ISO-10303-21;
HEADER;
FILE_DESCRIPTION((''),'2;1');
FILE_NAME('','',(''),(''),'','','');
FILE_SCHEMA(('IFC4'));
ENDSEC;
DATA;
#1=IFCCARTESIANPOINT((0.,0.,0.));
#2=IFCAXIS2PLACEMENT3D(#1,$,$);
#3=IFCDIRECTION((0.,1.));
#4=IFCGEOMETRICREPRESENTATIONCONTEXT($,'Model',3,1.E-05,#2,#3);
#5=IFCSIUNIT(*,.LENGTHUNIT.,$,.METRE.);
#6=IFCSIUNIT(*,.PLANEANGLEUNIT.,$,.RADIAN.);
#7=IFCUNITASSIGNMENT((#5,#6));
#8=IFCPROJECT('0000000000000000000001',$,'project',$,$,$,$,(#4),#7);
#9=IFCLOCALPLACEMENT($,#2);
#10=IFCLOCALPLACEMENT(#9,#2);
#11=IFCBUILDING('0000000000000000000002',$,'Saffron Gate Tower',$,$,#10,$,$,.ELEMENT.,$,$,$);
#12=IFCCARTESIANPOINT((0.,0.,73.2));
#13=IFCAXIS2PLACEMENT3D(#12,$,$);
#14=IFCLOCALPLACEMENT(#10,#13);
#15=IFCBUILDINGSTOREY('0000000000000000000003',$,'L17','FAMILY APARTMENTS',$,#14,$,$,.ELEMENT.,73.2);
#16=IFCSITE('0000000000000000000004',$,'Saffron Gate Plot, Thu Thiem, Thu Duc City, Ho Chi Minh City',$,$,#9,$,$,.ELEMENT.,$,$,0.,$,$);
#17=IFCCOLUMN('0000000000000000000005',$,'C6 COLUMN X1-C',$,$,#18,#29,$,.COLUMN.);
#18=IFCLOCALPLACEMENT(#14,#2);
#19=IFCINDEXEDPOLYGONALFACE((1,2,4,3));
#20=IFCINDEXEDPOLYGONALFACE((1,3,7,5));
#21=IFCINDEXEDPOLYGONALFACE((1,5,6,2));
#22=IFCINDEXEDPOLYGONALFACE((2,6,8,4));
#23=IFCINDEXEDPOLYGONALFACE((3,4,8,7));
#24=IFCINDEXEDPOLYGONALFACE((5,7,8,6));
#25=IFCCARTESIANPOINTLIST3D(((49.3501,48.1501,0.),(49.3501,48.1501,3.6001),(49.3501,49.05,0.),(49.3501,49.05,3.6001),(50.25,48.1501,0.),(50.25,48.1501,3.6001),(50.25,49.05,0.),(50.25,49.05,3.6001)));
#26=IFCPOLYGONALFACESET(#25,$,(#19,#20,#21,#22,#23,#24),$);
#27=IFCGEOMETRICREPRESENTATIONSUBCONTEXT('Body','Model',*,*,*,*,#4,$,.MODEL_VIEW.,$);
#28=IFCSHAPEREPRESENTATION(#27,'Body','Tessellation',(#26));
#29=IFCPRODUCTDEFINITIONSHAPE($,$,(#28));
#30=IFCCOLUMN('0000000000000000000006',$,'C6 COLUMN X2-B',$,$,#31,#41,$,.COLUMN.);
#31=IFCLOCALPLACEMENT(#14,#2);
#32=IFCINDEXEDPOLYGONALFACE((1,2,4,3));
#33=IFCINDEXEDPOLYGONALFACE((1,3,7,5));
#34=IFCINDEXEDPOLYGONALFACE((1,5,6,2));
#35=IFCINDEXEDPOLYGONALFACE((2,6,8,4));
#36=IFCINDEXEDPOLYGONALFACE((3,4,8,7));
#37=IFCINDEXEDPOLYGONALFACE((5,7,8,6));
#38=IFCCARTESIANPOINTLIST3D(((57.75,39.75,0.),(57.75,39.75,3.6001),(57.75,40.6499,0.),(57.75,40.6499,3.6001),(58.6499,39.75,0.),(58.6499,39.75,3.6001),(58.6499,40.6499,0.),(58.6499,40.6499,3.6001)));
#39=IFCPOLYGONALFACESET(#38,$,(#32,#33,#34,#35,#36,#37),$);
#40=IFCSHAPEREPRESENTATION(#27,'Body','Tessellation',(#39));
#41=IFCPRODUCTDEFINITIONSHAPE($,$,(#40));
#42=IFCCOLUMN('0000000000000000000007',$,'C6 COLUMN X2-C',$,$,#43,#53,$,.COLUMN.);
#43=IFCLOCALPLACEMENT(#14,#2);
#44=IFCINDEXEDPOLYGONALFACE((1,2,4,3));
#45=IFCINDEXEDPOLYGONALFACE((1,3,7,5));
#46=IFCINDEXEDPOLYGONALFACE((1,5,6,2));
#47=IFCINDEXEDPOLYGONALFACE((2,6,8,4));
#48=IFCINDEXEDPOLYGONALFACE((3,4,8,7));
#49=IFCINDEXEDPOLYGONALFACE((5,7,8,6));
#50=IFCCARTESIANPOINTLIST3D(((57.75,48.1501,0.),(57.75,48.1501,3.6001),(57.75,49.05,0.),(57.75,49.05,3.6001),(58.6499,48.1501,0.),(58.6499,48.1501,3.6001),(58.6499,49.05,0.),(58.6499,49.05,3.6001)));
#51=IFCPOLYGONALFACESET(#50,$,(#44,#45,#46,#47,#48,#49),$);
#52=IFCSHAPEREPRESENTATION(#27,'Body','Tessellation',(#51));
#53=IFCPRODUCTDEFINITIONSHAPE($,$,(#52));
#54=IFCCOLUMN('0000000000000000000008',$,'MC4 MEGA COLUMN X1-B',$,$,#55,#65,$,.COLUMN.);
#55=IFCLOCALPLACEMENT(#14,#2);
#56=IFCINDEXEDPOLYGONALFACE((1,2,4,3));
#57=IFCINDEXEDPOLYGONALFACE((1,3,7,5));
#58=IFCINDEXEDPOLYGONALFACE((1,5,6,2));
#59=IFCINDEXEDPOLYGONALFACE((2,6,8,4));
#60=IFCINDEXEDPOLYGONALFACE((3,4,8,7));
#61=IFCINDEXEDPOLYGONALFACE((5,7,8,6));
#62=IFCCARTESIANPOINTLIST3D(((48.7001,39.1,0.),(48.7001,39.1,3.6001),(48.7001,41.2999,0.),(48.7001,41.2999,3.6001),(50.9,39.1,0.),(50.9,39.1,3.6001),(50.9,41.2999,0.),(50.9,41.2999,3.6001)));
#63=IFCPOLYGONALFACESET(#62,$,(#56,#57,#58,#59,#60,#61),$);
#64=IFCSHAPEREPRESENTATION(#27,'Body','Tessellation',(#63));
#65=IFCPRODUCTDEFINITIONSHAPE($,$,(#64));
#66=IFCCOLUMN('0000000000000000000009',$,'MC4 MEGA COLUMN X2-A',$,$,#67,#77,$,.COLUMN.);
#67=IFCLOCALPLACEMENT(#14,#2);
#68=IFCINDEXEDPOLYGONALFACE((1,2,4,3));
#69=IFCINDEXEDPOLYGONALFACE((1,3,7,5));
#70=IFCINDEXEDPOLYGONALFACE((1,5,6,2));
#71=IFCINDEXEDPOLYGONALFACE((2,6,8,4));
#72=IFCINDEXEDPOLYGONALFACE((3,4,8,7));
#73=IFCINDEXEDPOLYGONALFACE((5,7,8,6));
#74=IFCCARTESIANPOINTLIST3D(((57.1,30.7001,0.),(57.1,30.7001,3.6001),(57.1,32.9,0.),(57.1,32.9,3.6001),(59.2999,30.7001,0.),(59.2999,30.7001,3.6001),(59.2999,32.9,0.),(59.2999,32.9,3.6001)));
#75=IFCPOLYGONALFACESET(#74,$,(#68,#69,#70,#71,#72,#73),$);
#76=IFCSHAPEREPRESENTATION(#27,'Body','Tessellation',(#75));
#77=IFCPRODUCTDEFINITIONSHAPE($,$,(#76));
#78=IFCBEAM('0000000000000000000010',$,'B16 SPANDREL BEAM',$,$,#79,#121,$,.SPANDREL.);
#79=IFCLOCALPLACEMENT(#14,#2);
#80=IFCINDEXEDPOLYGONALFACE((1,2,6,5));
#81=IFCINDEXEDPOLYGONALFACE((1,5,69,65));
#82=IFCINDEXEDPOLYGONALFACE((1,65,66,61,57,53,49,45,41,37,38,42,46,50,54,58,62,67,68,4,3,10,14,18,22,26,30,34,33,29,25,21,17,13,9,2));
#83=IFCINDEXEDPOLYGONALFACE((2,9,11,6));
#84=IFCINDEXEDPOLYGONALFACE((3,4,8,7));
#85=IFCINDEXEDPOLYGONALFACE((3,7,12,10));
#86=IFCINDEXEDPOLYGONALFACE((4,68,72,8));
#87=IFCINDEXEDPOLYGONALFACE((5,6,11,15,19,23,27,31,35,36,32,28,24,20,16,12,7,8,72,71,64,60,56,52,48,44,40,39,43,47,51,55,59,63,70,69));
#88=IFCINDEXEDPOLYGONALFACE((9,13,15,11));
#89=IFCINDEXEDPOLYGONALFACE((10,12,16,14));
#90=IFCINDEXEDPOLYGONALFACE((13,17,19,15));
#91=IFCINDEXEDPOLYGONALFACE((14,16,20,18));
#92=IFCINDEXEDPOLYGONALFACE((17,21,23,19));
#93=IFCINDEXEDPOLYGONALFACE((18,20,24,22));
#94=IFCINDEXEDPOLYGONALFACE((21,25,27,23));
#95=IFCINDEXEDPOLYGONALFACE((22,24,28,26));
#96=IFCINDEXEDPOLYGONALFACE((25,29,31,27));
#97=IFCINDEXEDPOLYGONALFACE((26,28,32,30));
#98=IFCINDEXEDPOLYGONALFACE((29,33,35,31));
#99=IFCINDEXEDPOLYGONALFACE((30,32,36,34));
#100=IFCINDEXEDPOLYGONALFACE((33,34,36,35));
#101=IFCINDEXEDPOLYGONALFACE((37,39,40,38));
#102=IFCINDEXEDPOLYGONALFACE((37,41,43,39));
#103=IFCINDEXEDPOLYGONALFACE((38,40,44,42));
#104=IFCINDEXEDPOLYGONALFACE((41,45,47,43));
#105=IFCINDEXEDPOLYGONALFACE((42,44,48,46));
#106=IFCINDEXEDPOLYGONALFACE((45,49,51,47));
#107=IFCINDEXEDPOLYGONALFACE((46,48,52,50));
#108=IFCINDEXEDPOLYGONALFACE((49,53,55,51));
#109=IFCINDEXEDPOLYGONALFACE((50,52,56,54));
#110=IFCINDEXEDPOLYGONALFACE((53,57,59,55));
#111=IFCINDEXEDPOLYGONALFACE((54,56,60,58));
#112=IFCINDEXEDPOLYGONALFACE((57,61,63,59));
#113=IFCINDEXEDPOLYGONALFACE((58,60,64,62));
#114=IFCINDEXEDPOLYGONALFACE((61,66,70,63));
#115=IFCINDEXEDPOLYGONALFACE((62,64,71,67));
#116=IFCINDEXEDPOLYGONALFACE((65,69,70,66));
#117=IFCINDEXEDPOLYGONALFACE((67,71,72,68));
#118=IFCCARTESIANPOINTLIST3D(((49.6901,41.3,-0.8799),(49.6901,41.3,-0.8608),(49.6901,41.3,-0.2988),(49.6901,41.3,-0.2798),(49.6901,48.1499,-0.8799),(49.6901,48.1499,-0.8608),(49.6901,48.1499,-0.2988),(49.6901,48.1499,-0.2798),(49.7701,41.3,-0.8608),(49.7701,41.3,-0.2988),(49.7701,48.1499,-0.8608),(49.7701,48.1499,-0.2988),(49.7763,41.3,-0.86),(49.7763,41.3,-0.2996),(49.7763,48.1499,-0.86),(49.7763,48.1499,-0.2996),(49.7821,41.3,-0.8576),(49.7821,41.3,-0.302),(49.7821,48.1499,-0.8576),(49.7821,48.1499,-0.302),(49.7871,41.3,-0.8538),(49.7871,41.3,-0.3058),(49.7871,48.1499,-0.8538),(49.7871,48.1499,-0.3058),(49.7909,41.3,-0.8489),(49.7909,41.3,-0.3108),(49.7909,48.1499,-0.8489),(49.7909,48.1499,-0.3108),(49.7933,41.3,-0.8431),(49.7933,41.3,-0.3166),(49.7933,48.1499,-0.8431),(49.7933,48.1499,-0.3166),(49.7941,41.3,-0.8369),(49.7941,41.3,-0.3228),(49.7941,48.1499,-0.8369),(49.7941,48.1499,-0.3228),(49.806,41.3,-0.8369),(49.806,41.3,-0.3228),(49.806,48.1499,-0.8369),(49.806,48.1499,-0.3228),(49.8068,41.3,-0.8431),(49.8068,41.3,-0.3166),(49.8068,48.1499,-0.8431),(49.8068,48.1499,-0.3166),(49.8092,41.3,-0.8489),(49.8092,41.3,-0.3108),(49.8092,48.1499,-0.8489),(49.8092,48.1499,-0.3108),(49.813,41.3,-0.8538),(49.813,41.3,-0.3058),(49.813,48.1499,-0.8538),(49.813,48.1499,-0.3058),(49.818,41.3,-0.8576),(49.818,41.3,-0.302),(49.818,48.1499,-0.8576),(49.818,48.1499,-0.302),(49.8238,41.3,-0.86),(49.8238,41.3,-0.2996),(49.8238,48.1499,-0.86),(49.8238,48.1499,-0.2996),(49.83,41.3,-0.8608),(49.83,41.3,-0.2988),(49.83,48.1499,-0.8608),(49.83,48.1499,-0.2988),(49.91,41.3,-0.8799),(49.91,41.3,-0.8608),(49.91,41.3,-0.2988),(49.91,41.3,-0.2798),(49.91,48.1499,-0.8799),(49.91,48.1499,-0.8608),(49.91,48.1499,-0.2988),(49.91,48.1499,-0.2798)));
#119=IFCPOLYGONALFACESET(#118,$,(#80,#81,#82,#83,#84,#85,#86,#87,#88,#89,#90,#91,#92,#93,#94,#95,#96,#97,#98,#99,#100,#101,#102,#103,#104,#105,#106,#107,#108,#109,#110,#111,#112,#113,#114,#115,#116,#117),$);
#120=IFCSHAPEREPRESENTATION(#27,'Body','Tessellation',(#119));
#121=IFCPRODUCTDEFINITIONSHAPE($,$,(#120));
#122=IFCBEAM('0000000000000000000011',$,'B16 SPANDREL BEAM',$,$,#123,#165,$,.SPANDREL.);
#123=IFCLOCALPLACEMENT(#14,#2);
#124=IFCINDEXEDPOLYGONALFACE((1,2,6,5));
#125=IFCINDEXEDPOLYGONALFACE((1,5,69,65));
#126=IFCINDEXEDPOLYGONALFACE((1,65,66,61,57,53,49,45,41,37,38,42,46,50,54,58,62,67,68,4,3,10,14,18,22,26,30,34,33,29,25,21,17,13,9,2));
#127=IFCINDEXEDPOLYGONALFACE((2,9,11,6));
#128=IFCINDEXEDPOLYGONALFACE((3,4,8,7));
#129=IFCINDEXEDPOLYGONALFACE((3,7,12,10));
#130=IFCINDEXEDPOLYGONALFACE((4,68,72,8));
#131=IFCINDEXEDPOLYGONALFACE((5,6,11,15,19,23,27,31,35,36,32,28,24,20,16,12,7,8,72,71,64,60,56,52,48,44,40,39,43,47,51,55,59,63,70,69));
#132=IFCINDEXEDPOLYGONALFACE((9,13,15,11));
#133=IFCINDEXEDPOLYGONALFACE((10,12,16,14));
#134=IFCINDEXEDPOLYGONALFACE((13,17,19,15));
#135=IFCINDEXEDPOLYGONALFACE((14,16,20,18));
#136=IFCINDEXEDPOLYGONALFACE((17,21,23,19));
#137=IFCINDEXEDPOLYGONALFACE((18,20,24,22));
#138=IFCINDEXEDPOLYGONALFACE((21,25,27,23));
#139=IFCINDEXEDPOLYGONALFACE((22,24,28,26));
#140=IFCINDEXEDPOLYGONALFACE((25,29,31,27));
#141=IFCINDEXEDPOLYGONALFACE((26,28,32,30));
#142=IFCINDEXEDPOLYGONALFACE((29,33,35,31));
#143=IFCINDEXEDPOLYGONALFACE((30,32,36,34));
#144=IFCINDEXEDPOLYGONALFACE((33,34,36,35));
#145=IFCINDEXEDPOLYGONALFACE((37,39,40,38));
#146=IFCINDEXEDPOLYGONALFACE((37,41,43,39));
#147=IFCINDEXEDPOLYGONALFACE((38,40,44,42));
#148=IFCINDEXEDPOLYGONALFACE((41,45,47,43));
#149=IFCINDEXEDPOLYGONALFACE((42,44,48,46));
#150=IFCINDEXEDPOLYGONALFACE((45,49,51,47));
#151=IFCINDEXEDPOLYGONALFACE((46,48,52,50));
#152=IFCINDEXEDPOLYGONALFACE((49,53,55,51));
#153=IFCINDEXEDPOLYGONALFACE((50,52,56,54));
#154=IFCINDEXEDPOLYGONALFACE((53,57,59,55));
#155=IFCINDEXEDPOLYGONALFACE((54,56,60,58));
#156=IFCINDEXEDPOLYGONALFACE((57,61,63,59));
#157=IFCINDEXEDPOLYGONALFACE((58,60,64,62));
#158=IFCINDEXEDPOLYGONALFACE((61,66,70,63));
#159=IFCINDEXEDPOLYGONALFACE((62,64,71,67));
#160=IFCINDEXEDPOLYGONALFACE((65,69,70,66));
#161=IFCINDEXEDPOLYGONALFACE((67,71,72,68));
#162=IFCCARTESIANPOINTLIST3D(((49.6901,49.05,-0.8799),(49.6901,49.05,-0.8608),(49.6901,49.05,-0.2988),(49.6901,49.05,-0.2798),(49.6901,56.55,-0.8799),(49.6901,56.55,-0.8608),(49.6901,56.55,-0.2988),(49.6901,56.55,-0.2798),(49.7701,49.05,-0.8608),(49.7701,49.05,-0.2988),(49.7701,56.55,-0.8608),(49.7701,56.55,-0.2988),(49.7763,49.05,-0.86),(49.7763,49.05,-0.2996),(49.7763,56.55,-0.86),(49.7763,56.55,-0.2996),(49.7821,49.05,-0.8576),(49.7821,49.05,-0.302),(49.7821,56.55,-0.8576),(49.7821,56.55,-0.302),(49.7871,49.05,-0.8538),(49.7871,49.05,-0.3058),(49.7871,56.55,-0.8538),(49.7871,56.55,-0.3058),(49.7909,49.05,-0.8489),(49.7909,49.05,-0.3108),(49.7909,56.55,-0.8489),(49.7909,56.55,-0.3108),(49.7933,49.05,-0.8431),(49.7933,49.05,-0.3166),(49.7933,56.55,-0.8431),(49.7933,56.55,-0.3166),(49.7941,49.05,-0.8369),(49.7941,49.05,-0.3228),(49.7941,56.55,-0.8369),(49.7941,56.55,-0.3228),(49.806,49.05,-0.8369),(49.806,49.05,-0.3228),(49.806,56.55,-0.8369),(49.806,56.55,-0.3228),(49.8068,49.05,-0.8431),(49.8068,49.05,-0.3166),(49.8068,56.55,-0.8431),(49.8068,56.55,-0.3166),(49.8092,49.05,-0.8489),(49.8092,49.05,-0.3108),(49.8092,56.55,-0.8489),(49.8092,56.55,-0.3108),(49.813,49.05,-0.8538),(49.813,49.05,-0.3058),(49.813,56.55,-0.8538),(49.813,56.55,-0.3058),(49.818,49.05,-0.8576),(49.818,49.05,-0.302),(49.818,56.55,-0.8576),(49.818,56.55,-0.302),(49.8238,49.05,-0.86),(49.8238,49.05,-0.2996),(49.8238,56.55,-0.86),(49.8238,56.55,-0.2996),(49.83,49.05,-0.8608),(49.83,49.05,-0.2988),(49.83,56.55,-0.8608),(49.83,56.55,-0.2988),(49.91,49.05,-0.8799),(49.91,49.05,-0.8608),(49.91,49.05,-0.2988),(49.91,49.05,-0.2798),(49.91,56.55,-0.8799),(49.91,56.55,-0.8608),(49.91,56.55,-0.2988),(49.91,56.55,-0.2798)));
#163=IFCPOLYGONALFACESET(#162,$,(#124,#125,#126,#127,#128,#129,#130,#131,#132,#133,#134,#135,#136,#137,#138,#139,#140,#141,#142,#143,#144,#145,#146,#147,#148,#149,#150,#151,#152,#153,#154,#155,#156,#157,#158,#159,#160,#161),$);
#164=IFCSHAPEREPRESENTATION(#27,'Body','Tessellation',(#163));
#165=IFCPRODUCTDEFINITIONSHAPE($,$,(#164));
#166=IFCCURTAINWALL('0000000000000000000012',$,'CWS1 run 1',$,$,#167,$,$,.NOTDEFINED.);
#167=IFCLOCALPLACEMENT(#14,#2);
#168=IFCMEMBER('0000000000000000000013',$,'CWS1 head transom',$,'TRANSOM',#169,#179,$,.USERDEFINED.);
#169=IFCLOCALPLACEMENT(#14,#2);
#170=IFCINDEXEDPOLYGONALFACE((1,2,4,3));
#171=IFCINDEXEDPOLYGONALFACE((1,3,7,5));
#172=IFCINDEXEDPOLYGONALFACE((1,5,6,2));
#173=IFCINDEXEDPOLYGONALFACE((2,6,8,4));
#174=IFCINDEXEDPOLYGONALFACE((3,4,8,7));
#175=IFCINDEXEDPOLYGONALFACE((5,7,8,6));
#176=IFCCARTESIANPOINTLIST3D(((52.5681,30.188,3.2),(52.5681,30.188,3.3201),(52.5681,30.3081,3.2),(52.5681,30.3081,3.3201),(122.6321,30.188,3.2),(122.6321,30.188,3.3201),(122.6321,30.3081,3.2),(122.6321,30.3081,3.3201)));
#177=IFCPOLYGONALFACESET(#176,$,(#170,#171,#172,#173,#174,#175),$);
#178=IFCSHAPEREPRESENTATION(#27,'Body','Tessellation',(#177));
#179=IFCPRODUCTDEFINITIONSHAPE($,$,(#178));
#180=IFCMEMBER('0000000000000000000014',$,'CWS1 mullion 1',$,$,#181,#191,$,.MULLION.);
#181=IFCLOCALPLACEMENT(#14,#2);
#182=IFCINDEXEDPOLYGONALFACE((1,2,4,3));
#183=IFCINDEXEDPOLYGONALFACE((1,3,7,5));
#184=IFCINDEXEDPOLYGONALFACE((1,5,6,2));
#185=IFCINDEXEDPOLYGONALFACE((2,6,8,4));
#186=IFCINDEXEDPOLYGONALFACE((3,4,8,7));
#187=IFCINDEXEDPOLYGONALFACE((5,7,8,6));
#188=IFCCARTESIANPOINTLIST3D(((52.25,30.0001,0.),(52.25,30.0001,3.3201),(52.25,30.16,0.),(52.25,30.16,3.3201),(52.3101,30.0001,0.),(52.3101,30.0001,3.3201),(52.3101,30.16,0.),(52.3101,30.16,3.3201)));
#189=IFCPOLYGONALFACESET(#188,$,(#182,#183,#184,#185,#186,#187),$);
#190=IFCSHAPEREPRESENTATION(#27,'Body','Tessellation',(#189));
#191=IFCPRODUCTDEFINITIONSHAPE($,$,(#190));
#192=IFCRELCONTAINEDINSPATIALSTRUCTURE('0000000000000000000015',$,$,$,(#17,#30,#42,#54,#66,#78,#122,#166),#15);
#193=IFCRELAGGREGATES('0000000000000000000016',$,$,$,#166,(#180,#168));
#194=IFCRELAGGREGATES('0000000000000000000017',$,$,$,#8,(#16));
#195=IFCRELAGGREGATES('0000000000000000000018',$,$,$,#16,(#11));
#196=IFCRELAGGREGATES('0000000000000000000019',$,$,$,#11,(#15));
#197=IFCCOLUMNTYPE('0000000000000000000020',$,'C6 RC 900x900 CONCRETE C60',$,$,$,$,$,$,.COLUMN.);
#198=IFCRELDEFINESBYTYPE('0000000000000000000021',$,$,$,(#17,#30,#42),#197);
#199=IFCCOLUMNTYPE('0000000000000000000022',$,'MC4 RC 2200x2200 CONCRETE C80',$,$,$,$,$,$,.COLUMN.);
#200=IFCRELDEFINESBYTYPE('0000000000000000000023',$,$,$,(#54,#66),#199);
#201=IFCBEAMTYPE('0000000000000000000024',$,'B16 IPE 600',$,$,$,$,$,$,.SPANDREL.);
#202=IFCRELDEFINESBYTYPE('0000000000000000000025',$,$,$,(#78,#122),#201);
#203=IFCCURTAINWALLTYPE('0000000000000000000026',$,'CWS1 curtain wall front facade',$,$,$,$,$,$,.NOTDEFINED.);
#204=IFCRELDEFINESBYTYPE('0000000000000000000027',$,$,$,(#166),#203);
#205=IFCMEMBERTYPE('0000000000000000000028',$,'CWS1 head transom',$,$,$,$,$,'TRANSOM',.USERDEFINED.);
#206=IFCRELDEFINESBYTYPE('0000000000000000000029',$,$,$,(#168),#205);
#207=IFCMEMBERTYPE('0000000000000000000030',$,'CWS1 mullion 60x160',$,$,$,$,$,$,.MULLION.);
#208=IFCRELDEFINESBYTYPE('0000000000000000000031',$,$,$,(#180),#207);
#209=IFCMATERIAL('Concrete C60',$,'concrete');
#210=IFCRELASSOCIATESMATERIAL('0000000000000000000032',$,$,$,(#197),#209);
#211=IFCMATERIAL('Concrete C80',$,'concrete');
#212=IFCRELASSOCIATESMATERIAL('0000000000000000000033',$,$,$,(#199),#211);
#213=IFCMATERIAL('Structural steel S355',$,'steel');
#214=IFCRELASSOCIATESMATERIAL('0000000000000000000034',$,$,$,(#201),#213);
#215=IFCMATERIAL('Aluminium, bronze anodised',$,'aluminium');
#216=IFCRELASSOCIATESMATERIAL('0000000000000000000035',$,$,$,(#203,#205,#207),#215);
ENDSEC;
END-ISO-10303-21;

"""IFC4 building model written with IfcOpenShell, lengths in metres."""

from ifc_helpers import new_model, si_unit, direction, frame, origin, origin_2d, place, context, subcontext, project, spatial, rectangle, i_section, extrude, material, material_profile, profile_set, type_object, element, aggregate, save


model = new_model("IFC4")

# Units and contexts
model_context = context("Model", 3, precision=1e-05, world=origin(), true_north=direction((0.0, 1.0)))
body_context = subcontext(model_context, "Body", "Model", "MODEL_VIEW")
ifc_project = project(units=[si_unit("LENGTHUNIT", "METRE"), si_unit("PLANEANGLEUNIT", "RADIAN")], contexts=[model_context])

# Site, building, storey
site_placement = place(None, origin())
site = spatial("IfcSite", under=ifc_project, at=site_placement, Name="Saffron Gate Plot, Thu Thiem, Thu Duc City, Ho Chi Minh City", CompositionType="ELEMENT", RefElevation=0.0)
building_placement = place(site_placement, origin())
building = spatial("IfcBuilding", under=site, at=building_placement, Name="Saffron Gate Tower", CompositionType="ELEMENT")
storey_placement = place(building_placement, frame((0.0, 0.0, 73.2)))
storey = spatial("IfcBuildingStorey", under=building, at=storey_placement, Name="L17", Description="FAMILY APARTMENTS", CompositionType="ELEMENT", Elevation=73.2)

# Columns
ifc_material_1 = material(Name="Concrete C60", Category="concrete")
ifc_material_profile_1 = material_profile(ifc_material_1, rectangle(XDim=0.8999, YDim=0.8999, at=origin_2d()))
ifc_profile_set_1 = profile_set([ifc_material_profile_1], Name="Concrete C60")
column_type_1 = type_object("IfcColumnType", Name="C6 RC 900x900 CONCRETE C60", PredefinedType="COLUMN", material=ifc_profile_set_1)
for number, where, z_axis, x_axis, name in (
    (1, (49.8, 48.6001, 0.0), (0.0, 0.0, 1.0), (1.0, 0.0, 0.0), "C6 COLUMN X1-C"),
    (2, (58.2, 40.2, 0.0), (0.0, 0.0, 1.0), (1.0, 0.0, 0.0), "C6 COLUMN X2-B"),
    (3, (58.2, 48.6001, 0.0), (0.0, 0.0, 1.0), (1.0, 0.0, 0.0), "C6 COLUMN X2-C"),
):
    element("IfcColumn", number, at=place(storey_placement, frame(where, z_axis=z_axis, x_axis=x_axis)), inside=storey, type_object=column_type_1, Name=name, PredefinedType="COLUMN", context=body_context, shape_type="SweptSolid", body=[
        extrude(rectangle(XDim=0.8999, YDim=0.8999, at=origin_2d()), origin(), (0.0, 0.0, 1.0), 3.6001),
    ])
ifc_material_2 = material(Name="Concrete C80", Category="concrete")
ifc_material_profile_2 = material_profile(ifc_material_2, rectangle(XDim=2.2, YDim=2.2, at=origin_2d()))
ifc_profile_set_2 = profile_set([ifc_material_profile_2], Name="Concrete C80")
column_type_2 = type_object("IfcColumnType", Name="MC4 RC 2200x2200 CONCRETE C80", PredefinedType="COLUMN", material=ifc_profile_set_2)
for number, where, z_axis, x_axis, name in (
    (4, (49.8, 40.2, 0.0), (0.0, 0.0, 1.0), (1.0, 0.0, 0.0), "MC4 MEGA COLUMN X1-B"),
    (5, (58.2, 31.8, 0.0), (0.0, 0.0, 1.0), (1.0, 0.0, 0.0), "MC4 MEGA COLUMN X2-A"),
):
    element("IfcColumn", number, at=place(storey_placement, frame(where, z_axis=z_axis, x_axis=x_axis)), inside=storey, type_object=column_type_2, Name=name, PredefinedType="COLUMN", context=body_context, shape_type="SweptSolid", body=[
        extrude(rectangle(XDim=2.2, YDim=2.2, at=origin_2d()), origin(), (0.0, 0.0, 1.0), 3.6001),
    ])

# Beams
ifc_material_3 = material(Name="Structural steel S355", Category="steel")
ifc_material_profile_3 = material_profile(ifc_material_3, i_section(OverallWidth=0.22, OverallDepth=0.6001, WebThickness=0.012, FlangeThickness=0.019, FilletRadius=0.0239, at=origin_2d()))
ifc_profile_set_3 = profile_set([ifc_material_profile_3], Name="Structural steel S355")
beam_type = type_object("IfcBeamType", Name="B16 IPE 600", PredefinedType="SPANDREL", material=ifc_profile_set_3)
beam_1_placement = place(storey_placement, frame((49.8, 41.3, -0.5798), z_axis=(0.0, 1.0, 0.0), x_axis=(-1.0, 0.0, 0.0)))
element("IfcBeam", 6, at=beam_1_placement, inside=storey, type_object=beam_type, Name="B16 SPANDREL BEAM", PredefinedType="SPANDREL", context=body_context, shape_type="SweptSolid", body=[
    extrude(i_section(OverallWidth=0.22, OverallDepth=0.6001, WebThickness=0.012, FlangeThickness=0.019, FilletRadius=0.0239, at=origin_2d()), origin(), (0.0, 0.0, 1.0), 6.8499),
])
beam_2_placement = place(storey_placement, frame((49.8, 49.05, -0.5798), z_axis=(0.0, 1.0, 0.0), x_axis=(-1.0, 0.0, 0.0)))
element("IfcBeam", 7, at=beam_2_placement, inside=storey, type_object=beam_type, Name="B16 SPANDREL BEAM", PredefinedType="SPANDREL", context=body_context, shape_type="SweptSolid", body=[
    extrude(i_section(OverallWidth=0.22, OverallDepth=0.6001, WebThickness=0.012, FlangeThickness=0.019, FilletRadius=0.0239, at=origin_2d()), origin(), (0.0, 0.0, 1.0), 7.5),
])

# Curtain wall, members
ifc_material_4 = material(Name="Aluminium, bronze anodised", Category="aluminium")
curtain_wall_type_1 = type_object("IfcCurtainWallType", Name="CWS1 curtain wall front facade", PredefinedType="NOTDEFINED", material=ifc_material_4)
curtain_wall_1_placement = place(storey_placement, origin())
curtain_wall_1 = element("IfcCurtainWall", 8, at=curtain_wall_1_placement, inside=storey, type_object=curtain_wall_type_1, Name="CWS1 run 1", PredefinedType="NOTDEFINED")
ifc_material_profile_4 = material_profile(ifc_material_4, rectangle(XDim=0.1201, YDim=0.1201, at=origin_2d()))
ifc_profile_set_4 = profile_set([ifc_material_profile_4], Name="Aluminium, bronze anodised")
member_type_1 = type_object("IfcMemberType", Name="CWS1 head transom", ElementType="TRANSOM", PredefinedType="USERDEFINED", material=ifc_profile_set_4)
member_1_placement = place(storey_placement, frame((52.5681, 30.248, 3.26), z_axis=(1.0, 0.0, 0.0), x_axis=(0.0, 1.0, 0.0)))
member_1 = element("IfcMember", 9, at=member_1_placement, type_object=member_type_1, Name="CWS1 head transom", ObjectType="TRANSOM", PredefinedType="USERDEFINED", context=body_context, shape_type="SweptSolid", body=[
    extrude(rectangle(XDim=0.1201, YDim=0.1201, at=origin_2d()), origin(), (0.0, 0.0, 1.0), 70.064),
])
ifc_material_profile_5 = material_profile(ifc_material_4, rectangle(XDim=0.1599, YDim=0.0601, at=origin_2d()))
ifc_profile_set_5 = profile_set([ifc_material_profile_5], Name="Aluminium, bronze anodised")
member_type_2 = type_object("IfcMemberType", Name="CWS1 mullion 60x160", PredefinedType="MULLION", material=ifc_profile_set_5)
member_2_placement = place(storey_placement, frame((52.28, 30.0801, 0.0), z_axis=(0.0, 0.0, 1.0), x_axis=(0.0, 1.0, 0.0)))
member_2 = element("IfcMember", 10, at=member_2_placement, type_object=member_type_2, Name="CWS1 mullion 1", PredefinedType="MULLION", context=body_context, shape_type="SweptSolid", body=[
    extrude(rectangle(XDim=0.1599, YDim=0.0601, at=origin_2d()), origin(), (0.0, 0.0, 1.0), 3.3201),
])

aggregate(curtain_wall_1, [member_2, member_1])

save(model, "model.ifc")
